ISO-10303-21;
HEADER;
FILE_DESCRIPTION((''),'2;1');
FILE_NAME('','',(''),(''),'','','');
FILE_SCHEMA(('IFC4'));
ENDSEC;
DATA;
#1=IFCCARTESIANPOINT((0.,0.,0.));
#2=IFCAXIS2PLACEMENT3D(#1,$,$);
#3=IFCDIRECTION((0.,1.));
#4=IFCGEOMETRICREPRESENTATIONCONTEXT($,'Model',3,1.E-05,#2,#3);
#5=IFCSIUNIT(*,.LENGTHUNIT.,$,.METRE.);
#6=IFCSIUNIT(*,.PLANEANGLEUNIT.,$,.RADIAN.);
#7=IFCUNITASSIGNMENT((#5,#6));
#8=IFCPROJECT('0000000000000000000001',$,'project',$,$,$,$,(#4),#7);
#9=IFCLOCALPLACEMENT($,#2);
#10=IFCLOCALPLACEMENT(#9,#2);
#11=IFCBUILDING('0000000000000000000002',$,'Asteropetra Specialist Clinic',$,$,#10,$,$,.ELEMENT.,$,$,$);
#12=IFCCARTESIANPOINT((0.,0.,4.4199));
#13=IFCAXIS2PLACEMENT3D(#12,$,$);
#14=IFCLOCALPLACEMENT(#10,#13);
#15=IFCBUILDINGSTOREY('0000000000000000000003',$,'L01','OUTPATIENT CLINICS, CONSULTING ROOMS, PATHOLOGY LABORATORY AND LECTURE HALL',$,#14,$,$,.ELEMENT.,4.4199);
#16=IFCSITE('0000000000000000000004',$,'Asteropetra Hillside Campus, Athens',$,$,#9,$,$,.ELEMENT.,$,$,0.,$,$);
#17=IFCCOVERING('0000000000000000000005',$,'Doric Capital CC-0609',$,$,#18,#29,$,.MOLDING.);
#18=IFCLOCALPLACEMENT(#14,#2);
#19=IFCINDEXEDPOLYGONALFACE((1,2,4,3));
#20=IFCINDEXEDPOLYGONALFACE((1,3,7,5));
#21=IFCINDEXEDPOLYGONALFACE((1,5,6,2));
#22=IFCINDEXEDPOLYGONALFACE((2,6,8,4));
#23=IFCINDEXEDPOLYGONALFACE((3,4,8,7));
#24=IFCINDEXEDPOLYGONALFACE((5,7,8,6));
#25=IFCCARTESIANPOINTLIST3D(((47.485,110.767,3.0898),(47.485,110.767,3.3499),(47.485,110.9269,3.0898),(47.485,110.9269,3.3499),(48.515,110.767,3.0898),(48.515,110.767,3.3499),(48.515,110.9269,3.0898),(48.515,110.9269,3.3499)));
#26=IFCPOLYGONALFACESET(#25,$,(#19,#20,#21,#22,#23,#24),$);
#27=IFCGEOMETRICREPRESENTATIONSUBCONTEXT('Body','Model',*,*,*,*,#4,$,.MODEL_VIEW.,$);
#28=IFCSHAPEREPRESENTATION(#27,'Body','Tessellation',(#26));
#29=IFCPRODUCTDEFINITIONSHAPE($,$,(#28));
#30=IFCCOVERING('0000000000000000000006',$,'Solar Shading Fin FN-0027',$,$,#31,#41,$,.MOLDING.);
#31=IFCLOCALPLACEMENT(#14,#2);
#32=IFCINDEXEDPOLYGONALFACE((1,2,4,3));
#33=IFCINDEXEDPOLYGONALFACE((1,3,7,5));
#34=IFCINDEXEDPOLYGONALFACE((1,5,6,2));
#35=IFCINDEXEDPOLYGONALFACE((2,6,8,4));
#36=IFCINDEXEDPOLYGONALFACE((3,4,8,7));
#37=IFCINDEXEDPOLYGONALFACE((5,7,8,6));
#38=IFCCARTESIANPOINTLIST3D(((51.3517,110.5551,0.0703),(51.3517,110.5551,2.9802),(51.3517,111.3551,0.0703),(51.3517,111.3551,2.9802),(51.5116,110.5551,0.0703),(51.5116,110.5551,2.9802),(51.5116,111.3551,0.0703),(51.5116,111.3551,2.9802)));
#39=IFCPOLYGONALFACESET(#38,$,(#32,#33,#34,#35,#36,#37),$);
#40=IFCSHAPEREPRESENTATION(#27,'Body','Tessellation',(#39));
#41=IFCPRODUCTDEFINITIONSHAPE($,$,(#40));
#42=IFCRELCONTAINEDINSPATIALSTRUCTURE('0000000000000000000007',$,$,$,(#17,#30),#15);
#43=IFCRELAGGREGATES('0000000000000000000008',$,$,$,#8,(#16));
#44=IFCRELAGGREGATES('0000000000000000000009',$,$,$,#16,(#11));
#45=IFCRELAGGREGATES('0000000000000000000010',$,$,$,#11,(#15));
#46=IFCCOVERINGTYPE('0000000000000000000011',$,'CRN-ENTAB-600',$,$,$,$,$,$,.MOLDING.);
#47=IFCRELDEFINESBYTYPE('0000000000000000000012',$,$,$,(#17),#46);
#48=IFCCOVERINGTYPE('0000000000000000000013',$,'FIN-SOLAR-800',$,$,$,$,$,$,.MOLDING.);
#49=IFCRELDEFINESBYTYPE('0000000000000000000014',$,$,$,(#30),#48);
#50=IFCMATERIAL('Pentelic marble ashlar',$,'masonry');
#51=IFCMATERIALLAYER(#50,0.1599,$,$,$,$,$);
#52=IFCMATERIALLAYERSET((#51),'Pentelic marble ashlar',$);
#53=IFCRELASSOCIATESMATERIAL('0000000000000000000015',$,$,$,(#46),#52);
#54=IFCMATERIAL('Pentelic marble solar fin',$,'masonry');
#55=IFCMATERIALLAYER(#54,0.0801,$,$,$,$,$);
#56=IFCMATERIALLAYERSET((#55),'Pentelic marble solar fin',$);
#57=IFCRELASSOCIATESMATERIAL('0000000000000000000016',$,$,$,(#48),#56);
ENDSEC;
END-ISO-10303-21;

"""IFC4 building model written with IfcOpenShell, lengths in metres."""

from ifc_helpers import new_model, si_unit, direction, frame, origin, origin_2d, place, context, subcontext, project, spatial, rectangle, extrude, material, layer, layer_set, type_object, element, save


model = new_model("IFC4")

# Units and contexts
model_context = context("Model", 3, precision=1e-05, world=origin(), true_north=direction((0.0, 1.0)))
body_context = subcontext(model_context, "Body", "Model", "MODEL_VIEW")
ifc_project = project(units=[si_unit("LENGTHUNIT", "METRE"), si_unit("PLANEANGLEUNIT", "RADIAN")], contexts=[model_context])

# Site, building, storey
site_placement = place(None, origin())
site = spatial("IfcSite", under=ifc_project, at=site_placement, Name="Asteropetra Hillside Campus, Athens", CompositionType="ELEMENT", RefElevation=0.0)
building_placement = place(site_placement, origin())
building = spatial("IfcBuilding", under=site, at=building_placement, Name="Asteropetra Specialist Clinic", CompositionType="ELEMENT")
storey_placement = place(building_placement, frame((0.0, 0.0, 4.4199)))
storey = spatial("IfcBuildingStorey", under=building, at=storey_placement, Name="L01", Description="OUTPATIENT CLINICS, CONSULTING ROOMS, PATHOLOGY LABORATORY AND LECTURE HALL", CompositionType="ELEMENT", Elevation=4.4199)

# Coverings
ifc_material_1 = material(Name="Pentelic marble ashlar", Category="masonry")
ifc_layer_1 = layer(ifc_material_1, 0.1599)
ifc_layer_set_1 = layer_set([ifc_layer_1], Name="Pentelic marble ashlar")
covering_type_1 = type_object("IfcCoveringType", Name="CRN-ENTAB-600", PredefinedType="MOLDING", material=ifc_layer_set_1)
covering_1_placement = place(storey_placement, frame((48.0, 110.8469, 3.0898), z_axis=(0.0, 0.0, 1.0), x_axis=(1.0, 0.0, 0.0)))
element("IfcCovering", 1, at=covering_1_placement, inside=storey, type_object=covering_type_1, Name="Doric Capital CC-0609", PredefinedType="MOLDING", context=body_context, shape_type="SweptSolid", body=[
    extrude(rectangle(XDim=1.03, YDim=0.1599, at=origin_2d()), origin(), (0.0, 0.0, 1.0), 0.26),
])
ifc_material_2 = material(Name="Pentelic marble solar fin", Category="masonry")
ifc_layer_2 = layer(ifc_material_2, 0.0801)
ifc_layer_set_2 = layer_set([ifc_layer_2], Name="Pentelic marble solar fin")
covering_type_2 = type_object("IfcCoveringType", Name="FIN-SOLAR-800", PredefinedType="MOLDING", material=ifc_layer_set_2)
covering_2_placement = place(storey_placement, frame((51.4316, 110.9551, 0.0703), z_axis=(0.0, 0.0, 1.0), x_axis=(1.0, 0.0, 0.0)))
element("IfcCovering", 2, at=covering_2_placement, inside=storey, type_object=covering_type_2, Name="Solar Shading Fin FN-0027", PredefinedType="MOLDING", context=body_context, shape_type="SweptSolid", body=[
    extrude(rectangle(XDim=0.1599, YDim=0.8, at=origin_2d()), origin(), (0.0, 0.0, 1.0), 2.9099),
])

save(model, "model.ifc")
